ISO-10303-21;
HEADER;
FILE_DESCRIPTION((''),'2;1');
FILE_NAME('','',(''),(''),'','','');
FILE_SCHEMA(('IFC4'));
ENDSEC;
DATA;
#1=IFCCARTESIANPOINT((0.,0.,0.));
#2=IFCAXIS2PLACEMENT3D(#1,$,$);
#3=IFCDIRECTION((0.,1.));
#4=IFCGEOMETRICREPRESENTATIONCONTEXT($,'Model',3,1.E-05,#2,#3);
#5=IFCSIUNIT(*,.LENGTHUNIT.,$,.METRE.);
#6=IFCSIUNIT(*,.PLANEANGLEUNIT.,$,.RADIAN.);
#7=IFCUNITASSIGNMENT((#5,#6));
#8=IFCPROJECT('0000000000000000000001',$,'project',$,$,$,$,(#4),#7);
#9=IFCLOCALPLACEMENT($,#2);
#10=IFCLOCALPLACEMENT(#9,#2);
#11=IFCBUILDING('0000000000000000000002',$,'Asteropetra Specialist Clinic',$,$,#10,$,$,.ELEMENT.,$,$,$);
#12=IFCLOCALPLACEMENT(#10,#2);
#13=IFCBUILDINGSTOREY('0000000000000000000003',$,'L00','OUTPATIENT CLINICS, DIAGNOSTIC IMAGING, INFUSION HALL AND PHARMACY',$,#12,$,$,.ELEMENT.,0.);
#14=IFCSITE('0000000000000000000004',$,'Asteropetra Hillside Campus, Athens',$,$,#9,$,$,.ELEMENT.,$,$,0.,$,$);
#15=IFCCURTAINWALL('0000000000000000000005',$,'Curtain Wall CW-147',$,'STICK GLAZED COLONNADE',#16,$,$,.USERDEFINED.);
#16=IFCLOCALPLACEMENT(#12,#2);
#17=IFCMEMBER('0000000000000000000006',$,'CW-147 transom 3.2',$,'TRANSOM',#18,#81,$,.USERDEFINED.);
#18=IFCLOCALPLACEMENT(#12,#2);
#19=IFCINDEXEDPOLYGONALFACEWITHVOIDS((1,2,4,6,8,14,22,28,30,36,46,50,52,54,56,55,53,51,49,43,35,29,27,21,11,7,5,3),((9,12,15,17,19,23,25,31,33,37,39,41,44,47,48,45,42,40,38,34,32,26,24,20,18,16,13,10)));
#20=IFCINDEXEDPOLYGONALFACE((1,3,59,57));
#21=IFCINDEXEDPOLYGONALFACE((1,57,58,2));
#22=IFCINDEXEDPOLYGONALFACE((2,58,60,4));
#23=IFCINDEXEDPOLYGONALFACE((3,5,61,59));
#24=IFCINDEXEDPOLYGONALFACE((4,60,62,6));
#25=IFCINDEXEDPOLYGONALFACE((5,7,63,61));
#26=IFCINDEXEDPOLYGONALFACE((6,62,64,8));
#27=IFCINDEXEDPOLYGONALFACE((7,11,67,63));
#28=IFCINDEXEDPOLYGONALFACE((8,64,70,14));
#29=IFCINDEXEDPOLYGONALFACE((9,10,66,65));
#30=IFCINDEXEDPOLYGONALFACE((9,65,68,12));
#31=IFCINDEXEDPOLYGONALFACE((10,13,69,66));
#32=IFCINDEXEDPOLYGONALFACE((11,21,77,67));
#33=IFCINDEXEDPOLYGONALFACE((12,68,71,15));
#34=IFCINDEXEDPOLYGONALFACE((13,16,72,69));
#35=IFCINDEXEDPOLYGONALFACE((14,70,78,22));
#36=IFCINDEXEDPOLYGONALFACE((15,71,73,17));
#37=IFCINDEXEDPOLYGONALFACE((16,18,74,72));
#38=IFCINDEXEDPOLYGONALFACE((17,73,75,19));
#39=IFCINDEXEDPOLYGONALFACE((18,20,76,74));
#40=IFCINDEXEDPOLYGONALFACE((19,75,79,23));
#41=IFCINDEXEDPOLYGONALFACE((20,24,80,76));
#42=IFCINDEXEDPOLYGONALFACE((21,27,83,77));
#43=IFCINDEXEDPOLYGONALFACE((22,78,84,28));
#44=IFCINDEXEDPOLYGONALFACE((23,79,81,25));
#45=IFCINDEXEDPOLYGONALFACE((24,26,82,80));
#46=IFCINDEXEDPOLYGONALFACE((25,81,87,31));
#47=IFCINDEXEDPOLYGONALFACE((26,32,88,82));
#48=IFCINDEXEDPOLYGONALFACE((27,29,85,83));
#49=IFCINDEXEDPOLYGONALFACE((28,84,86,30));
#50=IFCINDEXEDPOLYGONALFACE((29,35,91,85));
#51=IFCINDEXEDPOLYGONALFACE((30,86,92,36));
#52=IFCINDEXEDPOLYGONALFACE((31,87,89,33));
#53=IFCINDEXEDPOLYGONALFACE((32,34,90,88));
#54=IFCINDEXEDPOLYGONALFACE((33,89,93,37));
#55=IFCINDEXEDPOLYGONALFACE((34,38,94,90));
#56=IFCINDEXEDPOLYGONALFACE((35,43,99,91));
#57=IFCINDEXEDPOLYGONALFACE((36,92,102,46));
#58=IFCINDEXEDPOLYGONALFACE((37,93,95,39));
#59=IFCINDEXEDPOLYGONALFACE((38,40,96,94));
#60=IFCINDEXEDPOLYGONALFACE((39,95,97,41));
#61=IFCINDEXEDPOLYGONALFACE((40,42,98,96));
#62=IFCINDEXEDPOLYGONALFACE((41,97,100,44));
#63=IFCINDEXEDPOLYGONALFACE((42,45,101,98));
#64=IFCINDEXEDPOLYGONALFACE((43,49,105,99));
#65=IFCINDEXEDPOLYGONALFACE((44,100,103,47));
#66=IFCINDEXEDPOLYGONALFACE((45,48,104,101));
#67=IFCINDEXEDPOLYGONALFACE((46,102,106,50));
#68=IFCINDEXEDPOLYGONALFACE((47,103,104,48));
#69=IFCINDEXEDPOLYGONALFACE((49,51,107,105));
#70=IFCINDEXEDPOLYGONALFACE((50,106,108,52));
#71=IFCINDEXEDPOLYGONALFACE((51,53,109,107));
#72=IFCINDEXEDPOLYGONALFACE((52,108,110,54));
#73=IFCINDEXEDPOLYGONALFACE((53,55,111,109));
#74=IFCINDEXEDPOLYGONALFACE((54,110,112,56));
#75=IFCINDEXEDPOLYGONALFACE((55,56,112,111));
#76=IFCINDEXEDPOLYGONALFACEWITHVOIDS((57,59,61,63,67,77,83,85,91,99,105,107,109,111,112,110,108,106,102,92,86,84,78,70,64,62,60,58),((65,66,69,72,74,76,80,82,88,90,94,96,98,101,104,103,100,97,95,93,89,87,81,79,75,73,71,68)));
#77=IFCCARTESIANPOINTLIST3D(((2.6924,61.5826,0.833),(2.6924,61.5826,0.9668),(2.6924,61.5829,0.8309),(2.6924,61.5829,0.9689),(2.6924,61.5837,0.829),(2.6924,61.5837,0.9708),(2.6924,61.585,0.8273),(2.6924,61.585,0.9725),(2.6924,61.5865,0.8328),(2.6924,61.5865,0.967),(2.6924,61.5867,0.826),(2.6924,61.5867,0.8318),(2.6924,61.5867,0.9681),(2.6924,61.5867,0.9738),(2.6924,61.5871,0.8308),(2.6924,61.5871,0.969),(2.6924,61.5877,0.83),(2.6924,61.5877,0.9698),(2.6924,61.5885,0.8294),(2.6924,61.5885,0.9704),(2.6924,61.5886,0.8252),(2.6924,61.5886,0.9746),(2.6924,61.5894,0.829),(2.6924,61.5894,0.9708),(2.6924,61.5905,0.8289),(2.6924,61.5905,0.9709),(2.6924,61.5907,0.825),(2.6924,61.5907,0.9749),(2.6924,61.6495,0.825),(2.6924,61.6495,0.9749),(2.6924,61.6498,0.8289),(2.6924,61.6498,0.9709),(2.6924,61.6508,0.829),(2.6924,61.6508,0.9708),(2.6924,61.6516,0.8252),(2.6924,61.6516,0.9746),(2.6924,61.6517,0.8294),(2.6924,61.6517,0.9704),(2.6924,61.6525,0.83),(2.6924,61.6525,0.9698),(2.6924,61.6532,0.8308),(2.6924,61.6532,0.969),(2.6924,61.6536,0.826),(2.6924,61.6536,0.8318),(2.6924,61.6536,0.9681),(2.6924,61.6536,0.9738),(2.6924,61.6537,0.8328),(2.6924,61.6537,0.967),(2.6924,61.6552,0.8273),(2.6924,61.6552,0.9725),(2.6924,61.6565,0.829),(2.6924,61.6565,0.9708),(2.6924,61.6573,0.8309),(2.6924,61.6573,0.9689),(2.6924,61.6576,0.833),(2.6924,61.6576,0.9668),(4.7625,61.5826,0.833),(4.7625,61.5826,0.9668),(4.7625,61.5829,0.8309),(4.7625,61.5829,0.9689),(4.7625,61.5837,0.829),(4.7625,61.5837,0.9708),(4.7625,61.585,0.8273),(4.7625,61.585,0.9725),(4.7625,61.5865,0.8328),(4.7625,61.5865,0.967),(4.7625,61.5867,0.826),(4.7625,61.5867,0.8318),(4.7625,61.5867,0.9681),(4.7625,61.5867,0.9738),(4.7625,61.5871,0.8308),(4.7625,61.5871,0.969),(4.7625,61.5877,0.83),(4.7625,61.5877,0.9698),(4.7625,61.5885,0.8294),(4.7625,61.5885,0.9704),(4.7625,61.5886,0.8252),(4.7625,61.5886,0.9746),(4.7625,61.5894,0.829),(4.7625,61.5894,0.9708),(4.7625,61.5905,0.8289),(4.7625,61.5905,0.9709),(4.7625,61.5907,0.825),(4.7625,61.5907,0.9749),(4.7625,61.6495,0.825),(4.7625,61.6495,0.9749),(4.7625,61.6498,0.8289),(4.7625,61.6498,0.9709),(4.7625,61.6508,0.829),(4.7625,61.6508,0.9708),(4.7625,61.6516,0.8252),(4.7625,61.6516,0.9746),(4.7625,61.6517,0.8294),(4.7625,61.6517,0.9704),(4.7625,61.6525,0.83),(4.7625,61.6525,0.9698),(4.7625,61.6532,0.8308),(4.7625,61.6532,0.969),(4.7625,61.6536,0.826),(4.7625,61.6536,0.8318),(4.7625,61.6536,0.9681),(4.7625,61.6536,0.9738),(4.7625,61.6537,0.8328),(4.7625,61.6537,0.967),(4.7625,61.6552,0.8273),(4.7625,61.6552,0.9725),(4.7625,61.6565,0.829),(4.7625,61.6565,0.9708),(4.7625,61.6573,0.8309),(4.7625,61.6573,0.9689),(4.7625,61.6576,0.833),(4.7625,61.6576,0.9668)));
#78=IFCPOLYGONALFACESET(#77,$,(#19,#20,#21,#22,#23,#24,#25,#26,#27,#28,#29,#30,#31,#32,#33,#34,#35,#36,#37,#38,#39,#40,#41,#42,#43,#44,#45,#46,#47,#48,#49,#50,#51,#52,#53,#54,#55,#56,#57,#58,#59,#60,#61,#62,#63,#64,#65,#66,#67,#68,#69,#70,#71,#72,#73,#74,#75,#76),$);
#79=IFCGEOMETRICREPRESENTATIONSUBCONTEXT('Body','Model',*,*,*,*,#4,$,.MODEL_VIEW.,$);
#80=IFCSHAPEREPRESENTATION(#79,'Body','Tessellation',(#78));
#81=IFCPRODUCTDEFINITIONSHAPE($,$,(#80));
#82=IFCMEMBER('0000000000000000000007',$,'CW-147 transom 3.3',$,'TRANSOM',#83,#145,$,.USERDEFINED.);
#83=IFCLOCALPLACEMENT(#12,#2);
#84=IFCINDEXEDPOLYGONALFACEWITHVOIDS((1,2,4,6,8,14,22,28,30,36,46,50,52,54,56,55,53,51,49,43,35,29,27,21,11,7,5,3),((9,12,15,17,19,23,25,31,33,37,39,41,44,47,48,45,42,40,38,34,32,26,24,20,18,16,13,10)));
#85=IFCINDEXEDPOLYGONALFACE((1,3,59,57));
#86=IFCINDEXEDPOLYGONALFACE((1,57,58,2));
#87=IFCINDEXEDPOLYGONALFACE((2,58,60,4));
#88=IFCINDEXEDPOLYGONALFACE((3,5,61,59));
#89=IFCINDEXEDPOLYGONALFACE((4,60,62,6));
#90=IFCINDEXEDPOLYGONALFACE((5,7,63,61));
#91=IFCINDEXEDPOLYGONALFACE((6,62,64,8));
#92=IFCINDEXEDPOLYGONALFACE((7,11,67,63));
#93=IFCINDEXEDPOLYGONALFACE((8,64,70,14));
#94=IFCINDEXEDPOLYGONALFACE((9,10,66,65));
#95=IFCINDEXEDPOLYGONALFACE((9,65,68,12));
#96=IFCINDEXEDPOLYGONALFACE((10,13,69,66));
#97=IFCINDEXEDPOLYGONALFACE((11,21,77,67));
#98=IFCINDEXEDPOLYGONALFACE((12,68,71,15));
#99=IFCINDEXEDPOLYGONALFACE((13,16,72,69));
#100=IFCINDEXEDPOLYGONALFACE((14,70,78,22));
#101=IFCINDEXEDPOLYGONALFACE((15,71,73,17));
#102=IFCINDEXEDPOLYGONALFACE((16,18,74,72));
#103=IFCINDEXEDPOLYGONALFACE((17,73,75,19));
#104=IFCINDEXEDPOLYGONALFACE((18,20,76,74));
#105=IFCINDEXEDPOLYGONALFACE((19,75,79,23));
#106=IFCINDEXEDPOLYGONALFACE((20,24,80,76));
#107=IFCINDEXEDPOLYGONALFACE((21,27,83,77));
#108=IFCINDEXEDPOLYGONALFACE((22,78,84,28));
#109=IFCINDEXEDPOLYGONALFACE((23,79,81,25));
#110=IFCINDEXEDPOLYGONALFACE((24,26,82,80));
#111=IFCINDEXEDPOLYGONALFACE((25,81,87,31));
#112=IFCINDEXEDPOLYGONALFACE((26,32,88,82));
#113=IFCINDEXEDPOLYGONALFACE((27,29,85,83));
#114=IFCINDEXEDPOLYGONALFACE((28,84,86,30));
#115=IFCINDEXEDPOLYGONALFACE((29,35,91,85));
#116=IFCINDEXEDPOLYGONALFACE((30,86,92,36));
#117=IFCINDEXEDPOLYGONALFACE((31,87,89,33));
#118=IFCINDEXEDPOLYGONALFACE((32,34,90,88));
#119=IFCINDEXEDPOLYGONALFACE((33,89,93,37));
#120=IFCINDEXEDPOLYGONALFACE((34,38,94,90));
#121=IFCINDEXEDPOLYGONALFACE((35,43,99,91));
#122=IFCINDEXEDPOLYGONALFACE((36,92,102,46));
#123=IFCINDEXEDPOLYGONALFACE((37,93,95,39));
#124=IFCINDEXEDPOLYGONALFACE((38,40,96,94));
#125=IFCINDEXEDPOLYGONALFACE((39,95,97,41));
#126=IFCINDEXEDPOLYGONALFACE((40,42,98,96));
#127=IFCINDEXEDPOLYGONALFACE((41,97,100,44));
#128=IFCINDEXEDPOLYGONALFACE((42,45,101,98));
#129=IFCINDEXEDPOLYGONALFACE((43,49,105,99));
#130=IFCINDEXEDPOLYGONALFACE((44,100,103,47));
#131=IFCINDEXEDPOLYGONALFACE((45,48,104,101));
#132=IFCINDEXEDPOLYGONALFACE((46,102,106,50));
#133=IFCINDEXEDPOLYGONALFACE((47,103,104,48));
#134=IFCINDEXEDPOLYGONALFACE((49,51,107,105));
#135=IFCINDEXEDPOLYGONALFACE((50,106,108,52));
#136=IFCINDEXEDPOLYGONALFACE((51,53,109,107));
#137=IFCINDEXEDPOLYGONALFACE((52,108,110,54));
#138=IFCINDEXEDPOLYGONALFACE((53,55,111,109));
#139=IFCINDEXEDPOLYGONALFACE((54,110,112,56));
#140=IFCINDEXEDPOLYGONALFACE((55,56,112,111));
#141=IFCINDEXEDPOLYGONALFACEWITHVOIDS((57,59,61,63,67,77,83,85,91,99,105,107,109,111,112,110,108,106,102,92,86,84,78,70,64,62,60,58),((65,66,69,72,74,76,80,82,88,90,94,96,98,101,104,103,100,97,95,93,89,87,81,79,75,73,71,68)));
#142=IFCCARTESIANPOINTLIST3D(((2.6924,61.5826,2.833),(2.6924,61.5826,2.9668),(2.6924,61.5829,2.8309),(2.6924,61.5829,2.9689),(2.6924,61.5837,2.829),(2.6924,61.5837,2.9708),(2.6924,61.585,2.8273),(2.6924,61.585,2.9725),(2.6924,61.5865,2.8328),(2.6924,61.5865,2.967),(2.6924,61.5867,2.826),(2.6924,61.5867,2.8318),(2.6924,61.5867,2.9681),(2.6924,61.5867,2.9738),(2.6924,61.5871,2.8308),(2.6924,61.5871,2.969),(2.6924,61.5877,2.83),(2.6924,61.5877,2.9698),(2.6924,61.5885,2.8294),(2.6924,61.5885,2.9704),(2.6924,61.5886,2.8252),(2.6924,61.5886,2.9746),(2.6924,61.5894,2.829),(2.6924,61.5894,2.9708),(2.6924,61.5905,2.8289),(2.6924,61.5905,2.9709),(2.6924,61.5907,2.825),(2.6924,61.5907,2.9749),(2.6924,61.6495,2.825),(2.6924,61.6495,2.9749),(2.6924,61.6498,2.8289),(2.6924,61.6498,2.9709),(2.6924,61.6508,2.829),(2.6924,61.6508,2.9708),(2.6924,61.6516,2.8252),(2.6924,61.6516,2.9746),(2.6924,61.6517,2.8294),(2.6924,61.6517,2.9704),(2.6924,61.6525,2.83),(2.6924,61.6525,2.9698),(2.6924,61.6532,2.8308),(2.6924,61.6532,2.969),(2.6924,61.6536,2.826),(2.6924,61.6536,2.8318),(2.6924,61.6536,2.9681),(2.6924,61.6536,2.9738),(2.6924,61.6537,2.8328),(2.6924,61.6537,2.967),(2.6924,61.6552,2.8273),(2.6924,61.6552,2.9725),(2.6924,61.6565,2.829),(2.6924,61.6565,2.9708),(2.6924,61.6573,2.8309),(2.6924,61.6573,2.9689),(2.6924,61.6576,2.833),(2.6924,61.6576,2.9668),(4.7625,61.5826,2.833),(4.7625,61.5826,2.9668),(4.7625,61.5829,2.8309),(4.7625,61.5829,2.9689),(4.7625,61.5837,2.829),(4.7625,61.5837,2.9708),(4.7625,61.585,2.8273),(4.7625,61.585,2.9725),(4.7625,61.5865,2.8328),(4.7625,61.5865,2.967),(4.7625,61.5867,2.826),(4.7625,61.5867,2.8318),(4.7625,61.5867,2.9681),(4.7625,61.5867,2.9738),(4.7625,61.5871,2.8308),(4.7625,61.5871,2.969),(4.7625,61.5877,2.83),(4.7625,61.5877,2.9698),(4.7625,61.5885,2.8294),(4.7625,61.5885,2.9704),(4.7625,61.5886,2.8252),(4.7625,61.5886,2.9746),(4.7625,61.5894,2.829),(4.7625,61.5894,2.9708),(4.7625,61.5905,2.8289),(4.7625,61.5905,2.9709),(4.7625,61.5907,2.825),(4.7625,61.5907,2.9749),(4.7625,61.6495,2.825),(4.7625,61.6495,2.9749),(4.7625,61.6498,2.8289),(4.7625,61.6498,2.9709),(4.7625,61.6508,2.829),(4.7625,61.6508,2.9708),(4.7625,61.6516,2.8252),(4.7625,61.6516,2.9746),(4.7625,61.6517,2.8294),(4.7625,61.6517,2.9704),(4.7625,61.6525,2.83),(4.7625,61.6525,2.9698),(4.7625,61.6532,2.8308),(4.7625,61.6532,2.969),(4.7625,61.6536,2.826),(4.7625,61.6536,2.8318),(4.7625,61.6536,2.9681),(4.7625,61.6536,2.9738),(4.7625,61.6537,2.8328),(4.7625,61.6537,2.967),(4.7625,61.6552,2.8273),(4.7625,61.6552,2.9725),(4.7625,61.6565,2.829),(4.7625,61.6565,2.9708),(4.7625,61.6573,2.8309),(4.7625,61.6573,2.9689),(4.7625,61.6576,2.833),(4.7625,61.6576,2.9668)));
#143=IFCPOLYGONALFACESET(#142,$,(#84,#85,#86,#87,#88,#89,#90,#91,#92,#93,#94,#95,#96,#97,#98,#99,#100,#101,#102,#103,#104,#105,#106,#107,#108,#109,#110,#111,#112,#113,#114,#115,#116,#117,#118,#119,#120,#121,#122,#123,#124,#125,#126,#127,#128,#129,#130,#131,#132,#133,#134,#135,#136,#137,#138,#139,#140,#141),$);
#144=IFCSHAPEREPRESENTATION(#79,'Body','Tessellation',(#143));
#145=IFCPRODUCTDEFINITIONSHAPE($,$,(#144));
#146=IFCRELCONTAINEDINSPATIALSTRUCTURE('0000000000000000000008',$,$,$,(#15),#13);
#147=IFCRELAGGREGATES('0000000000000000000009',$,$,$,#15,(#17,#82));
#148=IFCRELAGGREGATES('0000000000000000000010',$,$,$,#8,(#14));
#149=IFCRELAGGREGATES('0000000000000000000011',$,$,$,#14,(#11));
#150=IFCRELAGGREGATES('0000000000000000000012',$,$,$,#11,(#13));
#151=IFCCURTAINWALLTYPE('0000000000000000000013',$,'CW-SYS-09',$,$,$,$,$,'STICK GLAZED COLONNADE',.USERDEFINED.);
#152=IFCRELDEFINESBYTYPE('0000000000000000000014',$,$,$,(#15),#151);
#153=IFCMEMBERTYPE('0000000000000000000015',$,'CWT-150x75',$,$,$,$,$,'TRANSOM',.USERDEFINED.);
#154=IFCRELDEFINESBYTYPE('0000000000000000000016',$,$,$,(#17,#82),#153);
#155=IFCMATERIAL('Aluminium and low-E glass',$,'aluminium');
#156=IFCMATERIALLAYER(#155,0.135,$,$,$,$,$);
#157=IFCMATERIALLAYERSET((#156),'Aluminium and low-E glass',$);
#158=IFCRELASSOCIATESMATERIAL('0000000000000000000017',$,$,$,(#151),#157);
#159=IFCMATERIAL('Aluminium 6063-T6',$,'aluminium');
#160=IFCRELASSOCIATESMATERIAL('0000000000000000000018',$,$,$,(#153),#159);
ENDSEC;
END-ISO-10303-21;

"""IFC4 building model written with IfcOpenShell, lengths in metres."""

from ifc_helpers import new_model, si_unit, direction, frame, origin, origin_2d, place, context, subcontext, project, spatial, hollow_rectangle, extrude, material, layer, layer_set, material_profile, profile_set, type_object, element, aggregate, save


model = new_model("IFC4")

# Units and contexts
model_context = context("Model", 3, precision=1e-05, world=origin(), true_north=direction((0.0, 1.0)))
body_context = subcontext(model_context, "Body", "Model", "MODEL_VIEW")
ifc_project = project(units=[si_unit("LENGTHUNIT", "METRE"), si_unit("PLANEANGLEUNIT", "RADIAN")], contexts=[model_context])

# Site, building, storey
site_placement = place(None, origin())
site = spatial("IfcSite", under=ifc_project, at=site_placement, Name="Asteropetra Hillside Campus, Athens", CompositionType="ELEMENT", RefElevation=0.0)
building_placement = place(site_placement, origin())
building = spatial("IfcBuilding", under=site, at=building_placement, Name="Asteropetra Specialist Clinic", CompositionType="ELEMENT")
storey_placement = place(building_placement, origin())
storey = spatial("IfcBuildingStorey", under=building, at=storey_placement, Name="L00", Description="OUTPATIENT CLINICS, DIAGNOSTIC IMAGING, INFUSION HALL AND PHARMACY", CompositionType="ELEMENT", Elevation=0.0)

# Curtain wall
ifc_material_1 = material(Name="Aluminium and low-E glass", Category="aluminium")
ifc_layer_1 = layer(ifc_material_1, 0.135)
ifc_layer_set_1 = layer_set([ifc_layer_1], Name="Aluminium and low-E glass")
curtain_wall_type_1 = type_object("IfcCurtainWallType", Name="CW-SYS-09", ElementType="STICK GLAZED COLONNADE", PredefinedType="USERDEFINED", material=ifc_layer_set_1)
curtain_wall_1_placement = place(storey_placement, origin())
curtain_wall_1 = element("IfcCurtainWall", 1, at=curtain_wall_1_placement, inside=storey, type_object=curtain_wall_type_1, Name="Curtain Wall CW-147", ObjectType="STICK GLAZED COLONNADE", PredefinedType="USERDEFINED")

# Members
ifc_material_2 = material(Name="Aluminium 6063-T6", Category="aluminium")
ifc_material_profile_1 = material_profile(ifc_material_2, hollow_rectangle(XDim=0.075, YDim=0.1499, WallThickness=0.0039, InnerFilletRadius=0.0039, OuterFilletRadius=0.0081, at=origin_2d()), Name="TRN 150x75x4.0")
ifc_profile_set_1 = profile_set([ifc_material_profile_1], Name="Aluminium 6063-T6")
member_type_1 = type_object("IfcMemberType", Name="CWT-150x75", ElementType="TRANSOM", PredefinedType="USERDEFINED", material=ifc_profile_set_1)
member_1_placement = place(storey_placement, frame((4.7625, 61.6201, 0.8999), z_axis=(-1.0, 0.0, 0.0), x_axis=(0.0, -1.0, 0.0)))
member_1 = element("IfcMember", 2, at=member_1_placement, type_object=member_type_1, Name="CW-147 transom 3.2", ObjectType="TRANSOM", PredefinedType="USERDEFINED", context=body_context, shape_type="SweptSolid", body=[
    extrude(hollow_rectangle(XDim=0.075, YDim=0.1499, WallThickness=0.0039, InnerFilletRadius=0.0039, OuterFilletRadius=0.0081, at=origin_2d()), origin(), (0.0, 0.0, 1.0), 2.0701),
])
member_2_placement = place(storey_placement, frame((4.7625, 61.6201, 2.8999), z_axis=(-1.0, 0.0, 0.0), x_axis=(0.0, -1.0, 0.0)))
member_2 = element("IfcMember", 3, at=member_2_placement, type_object=member_type_1, Name="CW-147 transom 3.3", ObjectType="TRANSOM", PredefinedType="USERDEFINED", context=body_context, shape_type="SweptSolid", body=[
    extrude(hollow_rectangle(XDim=0.075, YDim=0.1499, WallThickness=0.0039, InnerFilletRadius=0.0039, OuterFilletRadius=0.0081, at=origin_2d()), origin(), (0.0, 0.0, 1.0), 2.0701),
])

aggregate(curtain_wall_1, [member_1, member_2])

save(model, "model.ifc")
